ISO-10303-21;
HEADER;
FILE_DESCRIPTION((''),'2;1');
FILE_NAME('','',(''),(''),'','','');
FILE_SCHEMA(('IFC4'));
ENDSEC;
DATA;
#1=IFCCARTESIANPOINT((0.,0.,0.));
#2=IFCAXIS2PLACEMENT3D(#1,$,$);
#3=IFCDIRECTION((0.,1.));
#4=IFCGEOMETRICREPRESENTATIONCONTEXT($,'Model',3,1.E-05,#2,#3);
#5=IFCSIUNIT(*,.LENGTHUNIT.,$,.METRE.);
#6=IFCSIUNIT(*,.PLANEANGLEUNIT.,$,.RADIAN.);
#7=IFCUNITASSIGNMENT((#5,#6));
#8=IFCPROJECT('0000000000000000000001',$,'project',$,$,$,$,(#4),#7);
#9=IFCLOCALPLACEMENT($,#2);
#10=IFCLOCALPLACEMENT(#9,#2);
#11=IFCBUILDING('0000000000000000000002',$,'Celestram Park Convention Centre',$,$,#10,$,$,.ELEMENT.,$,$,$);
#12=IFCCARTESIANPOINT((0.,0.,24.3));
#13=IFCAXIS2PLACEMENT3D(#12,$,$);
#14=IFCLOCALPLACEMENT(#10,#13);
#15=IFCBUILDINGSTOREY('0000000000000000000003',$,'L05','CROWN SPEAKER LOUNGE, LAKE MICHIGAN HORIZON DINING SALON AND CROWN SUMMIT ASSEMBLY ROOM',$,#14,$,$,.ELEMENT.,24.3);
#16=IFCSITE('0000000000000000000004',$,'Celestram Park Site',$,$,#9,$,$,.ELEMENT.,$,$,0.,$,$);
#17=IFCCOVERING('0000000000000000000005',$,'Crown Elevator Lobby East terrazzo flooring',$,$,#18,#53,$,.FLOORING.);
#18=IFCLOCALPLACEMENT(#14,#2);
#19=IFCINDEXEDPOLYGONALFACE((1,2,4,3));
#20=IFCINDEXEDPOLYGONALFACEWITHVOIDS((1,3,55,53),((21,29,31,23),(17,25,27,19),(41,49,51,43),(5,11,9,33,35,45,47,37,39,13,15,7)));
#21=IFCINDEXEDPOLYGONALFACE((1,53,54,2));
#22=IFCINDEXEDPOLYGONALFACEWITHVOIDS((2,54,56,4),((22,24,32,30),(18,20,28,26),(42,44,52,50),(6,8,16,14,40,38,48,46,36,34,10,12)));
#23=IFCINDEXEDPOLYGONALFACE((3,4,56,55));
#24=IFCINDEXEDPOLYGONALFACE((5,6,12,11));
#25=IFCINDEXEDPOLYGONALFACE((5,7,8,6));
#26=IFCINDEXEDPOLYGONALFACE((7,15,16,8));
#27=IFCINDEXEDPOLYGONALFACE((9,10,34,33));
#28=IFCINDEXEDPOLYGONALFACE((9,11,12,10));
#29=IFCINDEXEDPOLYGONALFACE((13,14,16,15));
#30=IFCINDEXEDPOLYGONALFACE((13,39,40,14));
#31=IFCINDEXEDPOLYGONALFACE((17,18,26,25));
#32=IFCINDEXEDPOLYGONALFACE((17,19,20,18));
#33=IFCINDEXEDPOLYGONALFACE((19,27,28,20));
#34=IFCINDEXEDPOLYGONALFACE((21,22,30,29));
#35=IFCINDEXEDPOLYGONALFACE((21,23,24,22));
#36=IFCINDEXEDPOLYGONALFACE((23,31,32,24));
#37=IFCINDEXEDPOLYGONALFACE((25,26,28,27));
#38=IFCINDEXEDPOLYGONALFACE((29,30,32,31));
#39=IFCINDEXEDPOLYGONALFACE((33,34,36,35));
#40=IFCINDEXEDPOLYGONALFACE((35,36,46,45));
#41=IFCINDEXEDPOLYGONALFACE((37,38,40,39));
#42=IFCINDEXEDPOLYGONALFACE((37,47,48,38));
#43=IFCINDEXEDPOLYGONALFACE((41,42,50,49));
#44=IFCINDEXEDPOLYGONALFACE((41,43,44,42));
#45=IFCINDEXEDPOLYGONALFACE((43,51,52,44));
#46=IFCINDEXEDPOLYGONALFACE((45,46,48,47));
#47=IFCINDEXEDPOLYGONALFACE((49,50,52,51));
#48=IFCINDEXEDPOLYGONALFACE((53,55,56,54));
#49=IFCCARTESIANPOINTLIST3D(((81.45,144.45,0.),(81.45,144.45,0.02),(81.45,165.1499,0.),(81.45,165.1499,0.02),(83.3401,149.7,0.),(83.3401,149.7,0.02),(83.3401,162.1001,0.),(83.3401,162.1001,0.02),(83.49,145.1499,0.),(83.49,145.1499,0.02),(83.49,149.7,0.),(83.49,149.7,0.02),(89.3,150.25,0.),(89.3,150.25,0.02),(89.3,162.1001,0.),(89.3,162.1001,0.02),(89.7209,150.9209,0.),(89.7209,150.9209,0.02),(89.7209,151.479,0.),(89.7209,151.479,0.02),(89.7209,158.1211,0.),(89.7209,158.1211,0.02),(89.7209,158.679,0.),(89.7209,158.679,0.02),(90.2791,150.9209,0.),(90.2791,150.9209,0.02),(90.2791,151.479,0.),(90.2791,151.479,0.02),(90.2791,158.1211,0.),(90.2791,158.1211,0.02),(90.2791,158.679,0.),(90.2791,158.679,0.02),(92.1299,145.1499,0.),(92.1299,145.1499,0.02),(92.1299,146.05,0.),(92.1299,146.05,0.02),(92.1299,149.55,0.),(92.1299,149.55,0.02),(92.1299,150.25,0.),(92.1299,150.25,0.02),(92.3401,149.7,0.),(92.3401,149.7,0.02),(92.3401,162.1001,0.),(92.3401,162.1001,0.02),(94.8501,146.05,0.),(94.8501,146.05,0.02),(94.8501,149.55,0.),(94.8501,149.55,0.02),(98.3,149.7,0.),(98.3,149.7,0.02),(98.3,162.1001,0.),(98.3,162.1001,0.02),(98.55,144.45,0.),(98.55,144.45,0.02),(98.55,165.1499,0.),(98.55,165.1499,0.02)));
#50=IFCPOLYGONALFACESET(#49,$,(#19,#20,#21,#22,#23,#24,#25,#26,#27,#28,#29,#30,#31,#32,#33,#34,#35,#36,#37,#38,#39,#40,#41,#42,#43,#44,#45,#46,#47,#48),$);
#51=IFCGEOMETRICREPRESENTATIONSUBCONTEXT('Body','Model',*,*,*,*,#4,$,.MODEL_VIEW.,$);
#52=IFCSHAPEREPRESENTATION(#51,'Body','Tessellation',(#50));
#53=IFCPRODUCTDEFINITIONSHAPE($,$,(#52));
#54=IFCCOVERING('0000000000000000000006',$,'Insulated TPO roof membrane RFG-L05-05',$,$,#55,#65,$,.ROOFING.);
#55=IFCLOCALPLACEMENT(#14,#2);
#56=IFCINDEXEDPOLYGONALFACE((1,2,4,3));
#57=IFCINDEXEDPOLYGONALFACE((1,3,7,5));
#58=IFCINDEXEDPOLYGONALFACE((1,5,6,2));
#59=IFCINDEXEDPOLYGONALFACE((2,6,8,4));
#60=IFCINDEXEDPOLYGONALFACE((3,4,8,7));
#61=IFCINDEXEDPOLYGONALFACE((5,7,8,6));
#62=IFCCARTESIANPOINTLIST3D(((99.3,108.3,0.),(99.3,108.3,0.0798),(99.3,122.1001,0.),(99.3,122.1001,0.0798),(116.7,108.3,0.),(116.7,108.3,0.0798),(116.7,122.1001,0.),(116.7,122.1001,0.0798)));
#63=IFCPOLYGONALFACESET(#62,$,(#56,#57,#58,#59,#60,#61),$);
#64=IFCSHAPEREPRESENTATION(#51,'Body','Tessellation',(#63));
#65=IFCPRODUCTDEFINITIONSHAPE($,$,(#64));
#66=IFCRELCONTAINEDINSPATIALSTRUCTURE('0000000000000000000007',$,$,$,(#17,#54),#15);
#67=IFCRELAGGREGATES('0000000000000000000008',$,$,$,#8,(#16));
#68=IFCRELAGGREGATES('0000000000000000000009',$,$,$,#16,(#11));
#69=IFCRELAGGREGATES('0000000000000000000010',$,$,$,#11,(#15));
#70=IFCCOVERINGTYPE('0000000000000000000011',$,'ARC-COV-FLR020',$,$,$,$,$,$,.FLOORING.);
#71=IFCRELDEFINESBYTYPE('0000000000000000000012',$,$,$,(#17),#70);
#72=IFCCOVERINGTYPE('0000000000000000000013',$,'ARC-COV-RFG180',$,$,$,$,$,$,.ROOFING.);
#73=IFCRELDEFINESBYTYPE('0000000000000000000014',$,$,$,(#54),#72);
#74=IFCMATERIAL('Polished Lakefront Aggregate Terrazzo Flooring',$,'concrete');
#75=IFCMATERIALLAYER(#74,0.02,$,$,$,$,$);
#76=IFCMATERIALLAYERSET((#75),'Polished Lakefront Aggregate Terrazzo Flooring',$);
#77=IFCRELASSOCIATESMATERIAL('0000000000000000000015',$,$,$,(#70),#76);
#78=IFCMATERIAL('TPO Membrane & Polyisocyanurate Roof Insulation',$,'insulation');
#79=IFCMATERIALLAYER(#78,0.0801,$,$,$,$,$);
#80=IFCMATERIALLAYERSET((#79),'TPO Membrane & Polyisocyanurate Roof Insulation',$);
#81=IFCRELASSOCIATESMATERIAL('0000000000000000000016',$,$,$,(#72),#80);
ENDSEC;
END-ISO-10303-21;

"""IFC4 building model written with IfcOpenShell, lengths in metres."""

from ifc_helpers import new_model, si_unit, direction, frame, origin, place, context, subcontext, project, spatial, polyline, outline, extrude, material, layer, layer_set, type_object, element, save


model = new_model("IFC4")

# Units and contexts
model_context = context("Model", 3, precision=1e-05, world=origin(), true_north=direction((0.0, 1.0)))
body_context = subcontext(model_context, "Body", "Model", "MODEL_VIEW")
ifc_project = project(units=[si_unit("LENGTHUNIT", "METRE"), si_unit("PLANEANGLEUNIT", "RADIAN")], contexts=[model_context])

# Site, building, storey
site_placement = place(None, origin())
site = spatial("IfcSite", under=ifc_project, at=site_placement, Name="Celestram Park Site", CompositionType="ELEMENT", RefElevation=0.0)
building_placement = place(site_placement, origin())
building = spatial("IfcBuilding", under=site, at=building_placement, Name="Celestram Park Convention Centre", CompositionType="ELEMENT")
storey_placement = place(building_placement, frame((0.0, 0.0, 24.3)))
storey = spatial("IfcBuildingStorey", under=building, at=storey_placement, Name="L05", Description="CROWN SPEAKER LOUNGE, LAKE MICHIGAN HORIZON DINING SALON AND CROWN SUMMIT ASSEMBLY ROOM", CompositionType="ELEMENT", Elevation=24.3)

# Coverings
ifc_material_1 = material(Name="Polished Lakefront Aggregate Terrazzo Flooring", Category="concrete")
ifc_layer_1 = layer(ifc_material_1, 0.02)
ifc_layer_set_1 = layer_set([ifc_layer_1], Name="Polished Lakefront Aggregate Terrazzo Flooring")
covering_type_1 = type_object("IfcCoveringType", Name="ARC-COV-FLR020", PredefinedType="FLOORING", material=ifc_layer_set_1)
covering_1_placement = place(storey_placement, origin())
element("IfcCovering", 1, at=covering_1_placement, inside=storey, type_object=covering_type_1, Name="Crown Elevator Lobby East terrazzo flooring", PredefinedType="FLOORING", context=body_context, shape_type="SweptSolid", body=[
    extrude(outline(polyline([(98.55, 165.1499), (98.55, 144.45), (81.45, 144.45), (81.45, 165.1499), (98.55, 165.1499)]), holes=[polyline([(83.49, 145.1499), (92.1299, 145.1499), (92.1299, 146.05), (94.8501, 146.05), (94.8501, 149.55), (92.1299, 149.55), (92.1299, 150.25), (89.3, 150.25), (89.3, 162.1001), (83.3401, 162.1001), (83.3401, 149.7), (83.49, 149.7), (83.49, 145.1499)]), polyline([(92.3401, 162.1001), (92.3401, 149.7), (98.3, 149.7), (98.3, 162.1001), (92.3401, 162.1001)]), polyline([(89.7209, 150.9209), (90.2791, 150.9209), (90.2791, 151.479), (89.7209, 151.479), (89.7209, 150.9209)]), polyline([(89.7209, 158.1211), (90.2791, 158.1211), (90.2791, 158.679), (89.7209, 158.679), (89.7209, 158.1211)])]), origin(), (0.0, 0.0, 1.0), 0.02),
])
ifc_material_2 = material(Name="TPO Membrane & Polyisocyanurate Roof Insulation", Category="insulation")
ifc_layer_2 = layer(ifc_material_2, 0.0801)
ifc_layer_set_2 = layer_set([ifc_layer_2], Name="TPO Membrane & Polyisocyanurate Roof Insulation")
covering_type_2 = type_object("IfcCoveringType", Name="ARC-COV-RFG180", PredefinedType="ROOFING", material=ifc_layer_set_2)
covering_2_placement = place(storey_placement, origin())
element("IfcCovering", 2, at=covering_2_placement, inside=storey, type_object=covering_type_2, Name="Insulated TPO roof membrane RFG-L05-05", PredefinedType="ROOFING", context=body_context, shape_type="SweptSolid", body=[
    extrude(outline(polyline([(99.3, 108.3), (99.3, 122.1001), (116.7, 122.1001), (116.7, 108.3), (99.3, 108.3)])), origin(), (0.0, 0.0, 1.0), 0.0798),
])

save(model, "model.ifc")
